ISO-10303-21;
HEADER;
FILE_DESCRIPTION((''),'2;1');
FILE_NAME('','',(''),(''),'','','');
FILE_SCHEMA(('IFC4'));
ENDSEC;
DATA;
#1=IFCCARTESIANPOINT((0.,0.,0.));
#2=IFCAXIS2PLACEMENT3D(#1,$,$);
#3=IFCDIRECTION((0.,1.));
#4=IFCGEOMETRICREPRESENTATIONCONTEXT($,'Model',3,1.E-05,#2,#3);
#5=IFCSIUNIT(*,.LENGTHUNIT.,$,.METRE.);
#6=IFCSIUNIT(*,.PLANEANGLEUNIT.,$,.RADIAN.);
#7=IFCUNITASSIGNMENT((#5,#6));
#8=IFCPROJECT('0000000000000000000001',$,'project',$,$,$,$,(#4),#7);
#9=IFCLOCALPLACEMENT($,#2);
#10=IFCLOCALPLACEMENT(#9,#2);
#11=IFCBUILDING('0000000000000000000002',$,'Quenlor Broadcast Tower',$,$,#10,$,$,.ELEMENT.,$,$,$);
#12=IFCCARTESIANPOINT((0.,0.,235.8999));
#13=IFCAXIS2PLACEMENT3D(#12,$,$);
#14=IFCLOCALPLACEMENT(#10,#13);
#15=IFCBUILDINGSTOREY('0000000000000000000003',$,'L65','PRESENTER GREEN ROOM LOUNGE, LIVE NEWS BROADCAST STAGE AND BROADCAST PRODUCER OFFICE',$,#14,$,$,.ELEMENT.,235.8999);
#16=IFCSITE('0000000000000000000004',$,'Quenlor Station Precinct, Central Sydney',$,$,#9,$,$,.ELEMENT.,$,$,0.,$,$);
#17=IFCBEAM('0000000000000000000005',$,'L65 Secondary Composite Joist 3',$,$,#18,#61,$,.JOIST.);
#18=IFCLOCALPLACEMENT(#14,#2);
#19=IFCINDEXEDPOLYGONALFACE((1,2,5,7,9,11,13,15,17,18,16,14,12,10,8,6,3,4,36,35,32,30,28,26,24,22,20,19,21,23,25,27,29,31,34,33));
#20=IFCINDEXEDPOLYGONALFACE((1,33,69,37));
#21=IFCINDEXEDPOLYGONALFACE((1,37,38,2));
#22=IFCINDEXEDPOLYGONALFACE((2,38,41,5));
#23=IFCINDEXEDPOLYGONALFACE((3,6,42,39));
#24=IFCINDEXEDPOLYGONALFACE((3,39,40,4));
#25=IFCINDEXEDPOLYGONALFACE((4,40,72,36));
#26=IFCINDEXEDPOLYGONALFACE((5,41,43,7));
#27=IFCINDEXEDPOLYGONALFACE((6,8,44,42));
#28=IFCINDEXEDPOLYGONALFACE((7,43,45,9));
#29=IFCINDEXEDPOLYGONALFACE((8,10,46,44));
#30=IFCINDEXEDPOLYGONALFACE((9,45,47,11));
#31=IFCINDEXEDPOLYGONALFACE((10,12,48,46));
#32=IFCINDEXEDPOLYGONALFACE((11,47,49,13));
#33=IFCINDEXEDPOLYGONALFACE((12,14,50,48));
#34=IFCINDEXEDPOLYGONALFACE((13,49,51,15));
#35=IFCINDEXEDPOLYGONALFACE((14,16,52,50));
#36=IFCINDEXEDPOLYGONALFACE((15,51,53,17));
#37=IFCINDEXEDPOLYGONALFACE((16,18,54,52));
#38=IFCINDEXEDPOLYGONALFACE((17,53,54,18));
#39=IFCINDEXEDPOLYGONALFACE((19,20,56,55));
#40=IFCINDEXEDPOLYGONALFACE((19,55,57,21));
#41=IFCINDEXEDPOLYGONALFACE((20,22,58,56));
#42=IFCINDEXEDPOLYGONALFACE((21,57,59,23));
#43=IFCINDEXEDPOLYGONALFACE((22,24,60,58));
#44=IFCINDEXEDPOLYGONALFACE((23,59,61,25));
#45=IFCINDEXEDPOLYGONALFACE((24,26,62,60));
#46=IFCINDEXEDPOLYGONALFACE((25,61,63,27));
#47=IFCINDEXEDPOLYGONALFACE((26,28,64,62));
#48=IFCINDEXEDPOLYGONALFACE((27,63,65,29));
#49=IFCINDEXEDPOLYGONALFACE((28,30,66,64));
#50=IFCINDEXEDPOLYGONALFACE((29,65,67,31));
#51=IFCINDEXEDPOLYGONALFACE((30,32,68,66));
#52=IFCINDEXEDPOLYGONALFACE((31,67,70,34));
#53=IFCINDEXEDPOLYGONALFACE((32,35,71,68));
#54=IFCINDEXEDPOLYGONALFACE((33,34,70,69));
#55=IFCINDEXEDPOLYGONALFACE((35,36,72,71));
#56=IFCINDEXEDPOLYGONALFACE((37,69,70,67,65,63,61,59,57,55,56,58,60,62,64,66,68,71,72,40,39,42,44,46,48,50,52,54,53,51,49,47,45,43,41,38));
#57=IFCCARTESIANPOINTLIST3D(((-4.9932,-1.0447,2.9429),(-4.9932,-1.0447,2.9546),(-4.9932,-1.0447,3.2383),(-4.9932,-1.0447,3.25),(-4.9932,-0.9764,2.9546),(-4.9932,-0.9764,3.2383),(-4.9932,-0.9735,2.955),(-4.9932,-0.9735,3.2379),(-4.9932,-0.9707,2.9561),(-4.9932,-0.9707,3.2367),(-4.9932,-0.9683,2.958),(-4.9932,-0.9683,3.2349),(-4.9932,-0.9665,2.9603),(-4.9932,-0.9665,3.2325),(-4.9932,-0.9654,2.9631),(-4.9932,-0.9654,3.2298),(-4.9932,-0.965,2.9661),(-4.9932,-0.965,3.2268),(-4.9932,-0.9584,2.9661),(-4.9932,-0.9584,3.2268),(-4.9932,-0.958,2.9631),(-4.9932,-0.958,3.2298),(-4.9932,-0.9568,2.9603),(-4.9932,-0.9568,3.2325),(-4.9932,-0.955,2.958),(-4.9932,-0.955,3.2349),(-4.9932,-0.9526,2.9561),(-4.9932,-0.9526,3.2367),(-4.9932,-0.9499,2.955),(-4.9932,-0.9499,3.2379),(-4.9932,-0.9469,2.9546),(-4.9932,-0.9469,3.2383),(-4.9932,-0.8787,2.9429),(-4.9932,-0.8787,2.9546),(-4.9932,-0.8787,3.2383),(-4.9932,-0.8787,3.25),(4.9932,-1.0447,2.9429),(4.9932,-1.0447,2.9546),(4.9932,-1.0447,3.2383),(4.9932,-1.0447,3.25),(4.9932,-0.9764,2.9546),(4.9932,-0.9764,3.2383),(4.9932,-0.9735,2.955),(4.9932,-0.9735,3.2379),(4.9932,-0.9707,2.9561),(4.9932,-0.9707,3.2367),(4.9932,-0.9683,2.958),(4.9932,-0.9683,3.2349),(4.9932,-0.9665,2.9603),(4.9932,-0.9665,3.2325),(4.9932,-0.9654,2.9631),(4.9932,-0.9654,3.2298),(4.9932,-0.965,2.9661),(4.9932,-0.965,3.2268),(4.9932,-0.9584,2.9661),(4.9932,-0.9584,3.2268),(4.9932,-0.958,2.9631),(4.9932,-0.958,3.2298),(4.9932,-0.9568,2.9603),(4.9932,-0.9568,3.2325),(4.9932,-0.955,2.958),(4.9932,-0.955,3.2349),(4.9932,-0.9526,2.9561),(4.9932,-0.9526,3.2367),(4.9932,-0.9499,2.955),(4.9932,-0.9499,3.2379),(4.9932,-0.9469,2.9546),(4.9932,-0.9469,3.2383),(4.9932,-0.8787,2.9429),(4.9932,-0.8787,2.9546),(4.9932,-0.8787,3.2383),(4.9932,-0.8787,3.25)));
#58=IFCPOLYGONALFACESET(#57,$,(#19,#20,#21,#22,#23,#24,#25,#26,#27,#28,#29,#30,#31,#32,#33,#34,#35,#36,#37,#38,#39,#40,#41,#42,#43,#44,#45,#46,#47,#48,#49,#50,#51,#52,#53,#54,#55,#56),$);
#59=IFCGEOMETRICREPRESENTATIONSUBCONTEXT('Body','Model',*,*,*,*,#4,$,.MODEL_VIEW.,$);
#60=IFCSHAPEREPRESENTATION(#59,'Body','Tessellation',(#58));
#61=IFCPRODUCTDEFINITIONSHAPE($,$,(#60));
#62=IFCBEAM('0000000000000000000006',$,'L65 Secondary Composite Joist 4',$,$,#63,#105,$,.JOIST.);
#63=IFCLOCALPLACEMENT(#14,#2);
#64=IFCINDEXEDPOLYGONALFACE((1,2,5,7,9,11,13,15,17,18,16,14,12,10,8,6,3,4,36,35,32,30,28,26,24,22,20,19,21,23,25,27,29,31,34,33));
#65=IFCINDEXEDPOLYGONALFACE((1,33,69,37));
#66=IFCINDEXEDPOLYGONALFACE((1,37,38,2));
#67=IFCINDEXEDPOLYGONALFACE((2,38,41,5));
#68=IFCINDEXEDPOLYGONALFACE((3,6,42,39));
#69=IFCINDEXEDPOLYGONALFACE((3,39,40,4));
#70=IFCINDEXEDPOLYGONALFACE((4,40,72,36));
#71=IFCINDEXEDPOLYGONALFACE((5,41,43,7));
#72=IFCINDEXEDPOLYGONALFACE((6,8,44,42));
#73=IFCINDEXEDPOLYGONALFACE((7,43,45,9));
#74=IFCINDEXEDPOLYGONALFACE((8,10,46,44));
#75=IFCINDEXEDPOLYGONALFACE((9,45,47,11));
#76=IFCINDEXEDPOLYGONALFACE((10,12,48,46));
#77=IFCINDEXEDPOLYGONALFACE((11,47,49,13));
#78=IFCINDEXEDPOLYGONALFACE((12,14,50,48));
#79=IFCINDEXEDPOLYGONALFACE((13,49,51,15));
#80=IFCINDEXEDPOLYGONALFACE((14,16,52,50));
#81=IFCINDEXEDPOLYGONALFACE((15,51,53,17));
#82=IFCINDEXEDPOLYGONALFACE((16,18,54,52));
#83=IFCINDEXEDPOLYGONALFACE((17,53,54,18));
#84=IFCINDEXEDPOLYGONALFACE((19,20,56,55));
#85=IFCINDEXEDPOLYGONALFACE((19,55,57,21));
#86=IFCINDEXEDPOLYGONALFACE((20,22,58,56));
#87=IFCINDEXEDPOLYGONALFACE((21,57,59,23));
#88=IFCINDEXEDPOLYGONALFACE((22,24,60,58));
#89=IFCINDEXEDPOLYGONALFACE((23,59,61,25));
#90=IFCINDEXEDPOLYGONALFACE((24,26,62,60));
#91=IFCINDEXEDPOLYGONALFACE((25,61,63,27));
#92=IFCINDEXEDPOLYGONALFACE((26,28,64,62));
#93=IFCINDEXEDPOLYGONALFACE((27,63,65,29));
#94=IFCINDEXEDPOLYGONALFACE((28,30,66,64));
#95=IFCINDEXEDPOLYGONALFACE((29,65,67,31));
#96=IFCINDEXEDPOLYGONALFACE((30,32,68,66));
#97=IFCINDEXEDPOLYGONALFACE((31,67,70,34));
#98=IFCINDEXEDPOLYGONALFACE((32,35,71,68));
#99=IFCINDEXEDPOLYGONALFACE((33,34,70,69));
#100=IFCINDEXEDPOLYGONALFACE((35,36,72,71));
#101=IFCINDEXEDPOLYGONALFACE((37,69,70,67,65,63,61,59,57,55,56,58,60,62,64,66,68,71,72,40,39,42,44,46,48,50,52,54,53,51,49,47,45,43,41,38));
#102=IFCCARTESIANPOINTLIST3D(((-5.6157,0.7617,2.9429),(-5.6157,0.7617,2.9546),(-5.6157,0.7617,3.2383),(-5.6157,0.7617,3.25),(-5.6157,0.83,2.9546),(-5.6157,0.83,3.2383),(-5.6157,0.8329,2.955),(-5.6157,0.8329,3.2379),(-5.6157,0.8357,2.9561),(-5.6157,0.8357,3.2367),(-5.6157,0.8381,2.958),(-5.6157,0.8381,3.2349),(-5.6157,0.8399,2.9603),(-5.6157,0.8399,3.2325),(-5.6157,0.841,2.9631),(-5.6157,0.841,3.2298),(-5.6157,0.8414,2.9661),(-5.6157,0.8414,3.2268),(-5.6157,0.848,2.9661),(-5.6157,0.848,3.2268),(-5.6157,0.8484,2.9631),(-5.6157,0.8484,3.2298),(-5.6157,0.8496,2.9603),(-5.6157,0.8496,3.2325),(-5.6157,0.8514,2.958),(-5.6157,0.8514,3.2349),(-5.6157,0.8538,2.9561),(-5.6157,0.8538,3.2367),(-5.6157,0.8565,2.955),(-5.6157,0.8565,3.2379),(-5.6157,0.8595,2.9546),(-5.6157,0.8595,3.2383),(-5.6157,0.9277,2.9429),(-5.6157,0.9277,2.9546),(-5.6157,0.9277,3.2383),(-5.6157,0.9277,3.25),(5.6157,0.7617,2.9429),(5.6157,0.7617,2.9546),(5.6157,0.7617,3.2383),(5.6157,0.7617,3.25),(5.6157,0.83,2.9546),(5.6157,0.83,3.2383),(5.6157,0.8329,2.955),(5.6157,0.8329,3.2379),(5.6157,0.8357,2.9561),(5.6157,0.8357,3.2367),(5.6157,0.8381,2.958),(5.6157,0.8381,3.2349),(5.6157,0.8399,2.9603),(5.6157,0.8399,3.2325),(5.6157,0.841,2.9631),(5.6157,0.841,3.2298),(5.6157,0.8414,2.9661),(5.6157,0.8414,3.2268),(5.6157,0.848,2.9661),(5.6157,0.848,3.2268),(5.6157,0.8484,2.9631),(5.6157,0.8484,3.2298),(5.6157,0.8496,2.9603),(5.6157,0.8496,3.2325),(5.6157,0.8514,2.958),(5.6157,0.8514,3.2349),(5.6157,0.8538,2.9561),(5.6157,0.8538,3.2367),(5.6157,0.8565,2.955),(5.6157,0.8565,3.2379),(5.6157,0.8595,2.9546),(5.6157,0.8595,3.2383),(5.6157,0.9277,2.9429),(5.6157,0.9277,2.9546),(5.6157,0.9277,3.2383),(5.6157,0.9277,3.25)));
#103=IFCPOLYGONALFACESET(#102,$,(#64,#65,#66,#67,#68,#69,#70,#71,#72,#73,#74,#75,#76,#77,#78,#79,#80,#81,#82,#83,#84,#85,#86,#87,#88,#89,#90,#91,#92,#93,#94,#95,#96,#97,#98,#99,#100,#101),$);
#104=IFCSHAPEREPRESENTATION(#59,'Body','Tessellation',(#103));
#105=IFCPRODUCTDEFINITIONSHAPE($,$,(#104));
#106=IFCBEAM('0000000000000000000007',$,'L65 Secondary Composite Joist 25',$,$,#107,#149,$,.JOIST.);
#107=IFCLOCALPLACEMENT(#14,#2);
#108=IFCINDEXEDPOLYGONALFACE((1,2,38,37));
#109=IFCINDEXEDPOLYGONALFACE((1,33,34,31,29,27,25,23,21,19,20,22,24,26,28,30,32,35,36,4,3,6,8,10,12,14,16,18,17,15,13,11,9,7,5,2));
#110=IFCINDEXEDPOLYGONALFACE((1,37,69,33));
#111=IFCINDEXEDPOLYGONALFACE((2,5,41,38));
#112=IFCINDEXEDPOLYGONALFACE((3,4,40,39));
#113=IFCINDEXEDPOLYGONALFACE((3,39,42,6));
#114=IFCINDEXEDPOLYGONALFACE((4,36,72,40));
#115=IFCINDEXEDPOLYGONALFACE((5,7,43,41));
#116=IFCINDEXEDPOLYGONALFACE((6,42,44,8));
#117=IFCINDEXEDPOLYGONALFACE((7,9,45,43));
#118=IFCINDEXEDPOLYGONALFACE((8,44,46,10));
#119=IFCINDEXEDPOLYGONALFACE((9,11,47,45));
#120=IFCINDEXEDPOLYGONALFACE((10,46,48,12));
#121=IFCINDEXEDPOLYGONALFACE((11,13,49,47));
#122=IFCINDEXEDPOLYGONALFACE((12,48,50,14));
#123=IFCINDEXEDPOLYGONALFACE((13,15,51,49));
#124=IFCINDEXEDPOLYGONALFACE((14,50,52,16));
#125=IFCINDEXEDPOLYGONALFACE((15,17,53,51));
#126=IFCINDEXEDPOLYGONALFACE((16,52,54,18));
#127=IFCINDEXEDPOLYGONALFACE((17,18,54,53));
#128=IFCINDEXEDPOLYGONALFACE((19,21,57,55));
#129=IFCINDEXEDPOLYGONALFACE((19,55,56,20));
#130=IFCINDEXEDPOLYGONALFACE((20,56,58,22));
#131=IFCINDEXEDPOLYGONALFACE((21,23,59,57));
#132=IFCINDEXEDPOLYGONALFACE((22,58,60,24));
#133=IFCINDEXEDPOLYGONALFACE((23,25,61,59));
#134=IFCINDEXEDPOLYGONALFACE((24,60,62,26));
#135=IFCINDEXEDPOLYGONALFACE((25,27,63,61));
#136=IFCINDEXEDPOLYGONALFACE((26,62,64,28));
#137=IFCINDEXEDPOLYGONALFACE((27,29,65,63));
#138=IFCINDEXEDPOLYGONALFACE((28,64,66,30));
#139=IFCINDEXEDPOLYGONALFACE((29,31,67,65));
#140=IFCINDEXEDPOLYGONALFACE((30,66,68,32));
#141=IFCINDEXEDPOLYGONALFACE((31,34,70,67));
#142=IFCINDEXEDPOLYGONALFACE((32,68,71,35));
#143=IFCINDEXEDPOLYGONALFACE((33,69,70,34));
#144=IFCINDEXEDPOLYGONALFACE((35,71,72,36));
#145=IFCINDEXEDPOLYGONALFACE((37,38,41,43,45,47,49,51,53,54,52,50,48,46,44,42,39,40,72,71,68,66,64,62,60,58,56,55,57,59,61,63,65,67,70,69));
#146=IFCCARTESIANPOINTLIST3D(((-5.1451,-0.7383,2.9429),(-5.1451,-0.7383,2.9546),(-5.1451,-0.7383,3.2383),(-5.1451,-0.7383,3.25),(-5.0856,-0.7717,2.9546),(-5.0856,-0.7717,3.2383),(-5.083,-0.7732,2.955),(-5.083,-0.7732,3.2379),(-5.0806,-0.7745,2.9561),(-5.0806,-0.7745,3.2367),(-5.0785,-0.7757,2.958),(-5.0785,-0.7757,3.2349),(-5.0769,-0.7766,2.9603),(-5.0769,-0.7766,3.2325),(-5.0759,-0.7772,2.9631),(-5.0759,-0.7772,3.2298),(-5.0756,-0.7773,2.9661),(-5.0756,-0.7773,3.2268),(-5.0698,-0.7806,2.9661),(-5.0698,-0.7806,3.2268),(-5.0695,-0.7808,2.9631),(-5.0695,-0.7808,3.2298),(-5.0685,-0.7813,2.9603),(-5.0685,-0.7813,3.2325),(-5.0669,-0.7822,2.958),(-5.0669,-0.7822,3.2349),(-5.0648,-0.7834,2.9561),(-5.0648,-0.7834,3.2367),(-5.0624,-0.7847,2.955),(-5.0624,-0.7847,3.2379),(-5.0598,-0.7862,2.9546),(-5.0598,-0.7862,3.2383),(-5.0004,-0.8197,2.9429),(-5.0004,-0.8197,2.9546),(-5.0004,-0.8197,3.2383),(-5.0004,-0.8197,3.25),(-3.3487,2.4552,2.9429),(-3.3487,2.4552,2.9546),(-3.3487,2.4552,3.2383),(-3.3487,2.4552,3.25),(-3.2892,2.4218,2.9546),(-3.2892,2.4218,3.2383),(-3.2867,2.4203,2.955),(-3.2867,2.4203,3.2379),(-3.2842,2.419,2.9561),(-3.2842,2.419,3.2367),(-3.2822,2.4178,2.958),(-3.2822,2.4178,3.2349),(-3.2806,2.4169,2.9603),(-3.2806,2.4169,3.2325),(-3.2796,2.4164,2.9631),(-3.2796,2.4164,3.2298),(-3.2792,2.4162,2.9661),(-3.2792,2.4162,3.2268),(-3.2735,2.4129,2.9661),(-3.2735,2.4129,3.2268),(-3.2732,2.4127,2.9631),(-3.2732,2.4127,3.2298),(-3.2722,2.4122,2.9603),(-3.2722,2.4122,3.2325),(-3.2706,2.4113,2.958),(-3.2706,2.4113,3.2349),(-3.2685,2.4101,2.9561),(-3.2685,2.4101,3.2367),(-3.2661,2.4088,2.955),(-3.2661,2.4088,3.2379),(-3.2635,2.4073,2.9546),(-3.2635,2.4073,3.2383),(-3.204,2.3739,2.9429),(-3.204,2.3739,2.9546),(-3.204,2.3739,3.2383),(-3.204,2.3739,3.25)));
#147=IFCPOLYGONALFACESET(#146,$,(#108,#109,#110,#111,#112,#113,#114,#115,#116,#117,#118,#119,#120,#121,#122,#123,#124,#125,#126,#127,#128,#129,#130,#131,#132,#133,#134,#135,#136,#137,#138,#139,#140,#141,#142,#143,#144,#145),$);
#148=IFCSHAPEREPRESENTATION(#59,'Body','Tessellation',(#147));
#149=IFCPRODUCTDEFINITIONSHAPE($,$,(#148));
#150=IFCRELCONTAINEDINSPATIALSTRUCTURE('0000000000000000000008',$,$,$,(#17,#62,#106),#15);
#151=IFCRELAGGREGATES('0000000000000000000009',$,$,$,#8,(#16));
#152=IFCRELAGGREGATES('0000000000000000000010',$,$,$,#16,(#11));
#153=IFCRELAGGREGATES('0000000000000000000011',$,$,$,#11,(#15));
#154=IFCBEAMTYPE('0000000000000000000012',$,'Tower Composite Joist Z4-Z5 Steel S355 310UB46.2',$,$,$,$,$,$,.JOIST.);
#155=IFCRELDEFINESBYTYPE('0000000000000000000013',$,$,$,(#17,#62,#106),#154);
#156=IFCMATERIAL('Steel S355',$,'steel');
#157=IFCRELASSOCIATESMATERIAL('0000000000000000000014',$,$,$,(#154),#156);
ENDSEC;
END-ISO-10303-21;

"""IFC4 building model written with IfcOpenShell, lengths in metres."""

from ifc_helpers import new_model, si_unit, direction, frame, origin, origin_2d, place, context, subcontext, project, spatial, i_section, extrude, material, material_profile, profile_set, type_object, element, save


model = new_model("IFC4")

# Units and contexts
model_context = context("Model", 3, precision=1e-05, world=origin(), true_north=direction((0.0, 1.0)))
body_context = subcontext(model_context, "Body", "Model", "MODEL_VIEW")
ifc_project = project(units=[si_unit("LENGTHUNIT", "METRE"), si_unit("PLANEANGLEUNIT", "RADIAN")], contexts=[model_context])

# Site, building, storey
site_placement = place(None, origin())
site = spatial("IfcSite", under=ifc_project, at=site_placement, Name="Quenlor Station Precinct, Central Sydney", CompositionType="ELEMENT", RefElevation=0.0)
building_placement = place(site_placement, origin())
building = spatial("IfcBuilding", under=site, at=building_placement, Name="Quenlor Broadcast Tower", CompositionType="ELEMENT")
storey_placement = place(building_placement, frame((0.0, 0.0, 235.8999)))
storey = spatial("IfcBuildingStorey", under=building, at=storey_placement, Name="L65", Description="PRESENTER GREEN ROOM LOUNGE, LIVE NEWS BROADCAST STAGE AND BROADCAST PRODUCER OFFICE", CompositionType="ELEMENT", Elevation=235.8999)

# Beams
ifc_material_1 = material(Name="Steel S355", Category="steel")
ifc_material_profile = material_profile(ifc_material_1, i_section(OverallWidth=0.166, OverallDepth=0.3071, WebThickness=0.0066, FlangeThickness=0.0117, FilletRadius=0.0115, at=origin_2d()))
ifc_profile_set = profile_set([ifc_material_profile], Name="Steel S355 310UB46.2")
beam_type = type_object("IfcBeamType", Name="Tower Composite Joist Z4-Z5 Steel S355 310UB46.2", PredefinedType="JOIST", material=ifc_profile_set)
beam_1_placement = place(storey_placement, frame((-4.9932, -0.9617, 3.0964), z_axis=(1.0, 0.0, 0.0), x_axis=(0.0, 1.0, 0.0)))
element("IfcBeam", 1, at=beam_1_placement, inside=storey, type_object=beam_type, Name="L65 Secondary Composite Joist 3", PredefinedType="JOIST", context=body_context, shape_type="SweptSolid", body=[
    extrude(i_section(OverallWidth=0.166, OverallDepth=0.3071, WebThickness=0.0066, FlangeThickness=0.0117, FilletRadius=0.0115, at=origin_2d()), origin(), (0.0, 0.0, 1.0), 9.9863),
])
beam_2_placement = place(storey_placement, frame((-5.6157, 0.8447, 3.0964), z_axis=(1.0, 0.0, 0.0), x_axis=(0.0, 1.0, 0.0)))
element("IfcBeam", 2, at=beam_2_placement, inside=storey, type_object=beam_type, Name="L65 Secondary Composite Joist 4", PredefinedType="JOIST", context=body_context, shape_type="SweptSolid", body=[
    extrude(i_section(OverallWidth=0.166, OverallDepth=0.3071, WebThickness=0.0066, FlangeThickness=0.0117, FilletRadius=0.0115, at=origin_2d()), origin(), (0.0, 0.0, 1.0), 11.2314),
])
beam_3_placement = place(storey_placement, frame((-3.2764, 2.4146, 3.0964), z_axis=(-0.490258, -0.871577, 0.0), x_axis=(0.871577, -0.490258, 0.0)))
element("IfcBeam", 3, at=beam_3_placement, inside=storey, type_object=beam_type, Name="L65 Secondary Composite Joist 25", PredefinedType="JOIST", context=body_context, shape_type="SweptSolid", body=[
    extrude(i_section(OverallWidth=0.166, OverallDepth=0.3071, WebThickness=0.0066, FlangeThickness=0.0117, FilletRadius=0.0115, at=origin_2d()), origin(), (0.0, 0.0, 1.0), 3.6641),
])

save(model, "model.ifc")
